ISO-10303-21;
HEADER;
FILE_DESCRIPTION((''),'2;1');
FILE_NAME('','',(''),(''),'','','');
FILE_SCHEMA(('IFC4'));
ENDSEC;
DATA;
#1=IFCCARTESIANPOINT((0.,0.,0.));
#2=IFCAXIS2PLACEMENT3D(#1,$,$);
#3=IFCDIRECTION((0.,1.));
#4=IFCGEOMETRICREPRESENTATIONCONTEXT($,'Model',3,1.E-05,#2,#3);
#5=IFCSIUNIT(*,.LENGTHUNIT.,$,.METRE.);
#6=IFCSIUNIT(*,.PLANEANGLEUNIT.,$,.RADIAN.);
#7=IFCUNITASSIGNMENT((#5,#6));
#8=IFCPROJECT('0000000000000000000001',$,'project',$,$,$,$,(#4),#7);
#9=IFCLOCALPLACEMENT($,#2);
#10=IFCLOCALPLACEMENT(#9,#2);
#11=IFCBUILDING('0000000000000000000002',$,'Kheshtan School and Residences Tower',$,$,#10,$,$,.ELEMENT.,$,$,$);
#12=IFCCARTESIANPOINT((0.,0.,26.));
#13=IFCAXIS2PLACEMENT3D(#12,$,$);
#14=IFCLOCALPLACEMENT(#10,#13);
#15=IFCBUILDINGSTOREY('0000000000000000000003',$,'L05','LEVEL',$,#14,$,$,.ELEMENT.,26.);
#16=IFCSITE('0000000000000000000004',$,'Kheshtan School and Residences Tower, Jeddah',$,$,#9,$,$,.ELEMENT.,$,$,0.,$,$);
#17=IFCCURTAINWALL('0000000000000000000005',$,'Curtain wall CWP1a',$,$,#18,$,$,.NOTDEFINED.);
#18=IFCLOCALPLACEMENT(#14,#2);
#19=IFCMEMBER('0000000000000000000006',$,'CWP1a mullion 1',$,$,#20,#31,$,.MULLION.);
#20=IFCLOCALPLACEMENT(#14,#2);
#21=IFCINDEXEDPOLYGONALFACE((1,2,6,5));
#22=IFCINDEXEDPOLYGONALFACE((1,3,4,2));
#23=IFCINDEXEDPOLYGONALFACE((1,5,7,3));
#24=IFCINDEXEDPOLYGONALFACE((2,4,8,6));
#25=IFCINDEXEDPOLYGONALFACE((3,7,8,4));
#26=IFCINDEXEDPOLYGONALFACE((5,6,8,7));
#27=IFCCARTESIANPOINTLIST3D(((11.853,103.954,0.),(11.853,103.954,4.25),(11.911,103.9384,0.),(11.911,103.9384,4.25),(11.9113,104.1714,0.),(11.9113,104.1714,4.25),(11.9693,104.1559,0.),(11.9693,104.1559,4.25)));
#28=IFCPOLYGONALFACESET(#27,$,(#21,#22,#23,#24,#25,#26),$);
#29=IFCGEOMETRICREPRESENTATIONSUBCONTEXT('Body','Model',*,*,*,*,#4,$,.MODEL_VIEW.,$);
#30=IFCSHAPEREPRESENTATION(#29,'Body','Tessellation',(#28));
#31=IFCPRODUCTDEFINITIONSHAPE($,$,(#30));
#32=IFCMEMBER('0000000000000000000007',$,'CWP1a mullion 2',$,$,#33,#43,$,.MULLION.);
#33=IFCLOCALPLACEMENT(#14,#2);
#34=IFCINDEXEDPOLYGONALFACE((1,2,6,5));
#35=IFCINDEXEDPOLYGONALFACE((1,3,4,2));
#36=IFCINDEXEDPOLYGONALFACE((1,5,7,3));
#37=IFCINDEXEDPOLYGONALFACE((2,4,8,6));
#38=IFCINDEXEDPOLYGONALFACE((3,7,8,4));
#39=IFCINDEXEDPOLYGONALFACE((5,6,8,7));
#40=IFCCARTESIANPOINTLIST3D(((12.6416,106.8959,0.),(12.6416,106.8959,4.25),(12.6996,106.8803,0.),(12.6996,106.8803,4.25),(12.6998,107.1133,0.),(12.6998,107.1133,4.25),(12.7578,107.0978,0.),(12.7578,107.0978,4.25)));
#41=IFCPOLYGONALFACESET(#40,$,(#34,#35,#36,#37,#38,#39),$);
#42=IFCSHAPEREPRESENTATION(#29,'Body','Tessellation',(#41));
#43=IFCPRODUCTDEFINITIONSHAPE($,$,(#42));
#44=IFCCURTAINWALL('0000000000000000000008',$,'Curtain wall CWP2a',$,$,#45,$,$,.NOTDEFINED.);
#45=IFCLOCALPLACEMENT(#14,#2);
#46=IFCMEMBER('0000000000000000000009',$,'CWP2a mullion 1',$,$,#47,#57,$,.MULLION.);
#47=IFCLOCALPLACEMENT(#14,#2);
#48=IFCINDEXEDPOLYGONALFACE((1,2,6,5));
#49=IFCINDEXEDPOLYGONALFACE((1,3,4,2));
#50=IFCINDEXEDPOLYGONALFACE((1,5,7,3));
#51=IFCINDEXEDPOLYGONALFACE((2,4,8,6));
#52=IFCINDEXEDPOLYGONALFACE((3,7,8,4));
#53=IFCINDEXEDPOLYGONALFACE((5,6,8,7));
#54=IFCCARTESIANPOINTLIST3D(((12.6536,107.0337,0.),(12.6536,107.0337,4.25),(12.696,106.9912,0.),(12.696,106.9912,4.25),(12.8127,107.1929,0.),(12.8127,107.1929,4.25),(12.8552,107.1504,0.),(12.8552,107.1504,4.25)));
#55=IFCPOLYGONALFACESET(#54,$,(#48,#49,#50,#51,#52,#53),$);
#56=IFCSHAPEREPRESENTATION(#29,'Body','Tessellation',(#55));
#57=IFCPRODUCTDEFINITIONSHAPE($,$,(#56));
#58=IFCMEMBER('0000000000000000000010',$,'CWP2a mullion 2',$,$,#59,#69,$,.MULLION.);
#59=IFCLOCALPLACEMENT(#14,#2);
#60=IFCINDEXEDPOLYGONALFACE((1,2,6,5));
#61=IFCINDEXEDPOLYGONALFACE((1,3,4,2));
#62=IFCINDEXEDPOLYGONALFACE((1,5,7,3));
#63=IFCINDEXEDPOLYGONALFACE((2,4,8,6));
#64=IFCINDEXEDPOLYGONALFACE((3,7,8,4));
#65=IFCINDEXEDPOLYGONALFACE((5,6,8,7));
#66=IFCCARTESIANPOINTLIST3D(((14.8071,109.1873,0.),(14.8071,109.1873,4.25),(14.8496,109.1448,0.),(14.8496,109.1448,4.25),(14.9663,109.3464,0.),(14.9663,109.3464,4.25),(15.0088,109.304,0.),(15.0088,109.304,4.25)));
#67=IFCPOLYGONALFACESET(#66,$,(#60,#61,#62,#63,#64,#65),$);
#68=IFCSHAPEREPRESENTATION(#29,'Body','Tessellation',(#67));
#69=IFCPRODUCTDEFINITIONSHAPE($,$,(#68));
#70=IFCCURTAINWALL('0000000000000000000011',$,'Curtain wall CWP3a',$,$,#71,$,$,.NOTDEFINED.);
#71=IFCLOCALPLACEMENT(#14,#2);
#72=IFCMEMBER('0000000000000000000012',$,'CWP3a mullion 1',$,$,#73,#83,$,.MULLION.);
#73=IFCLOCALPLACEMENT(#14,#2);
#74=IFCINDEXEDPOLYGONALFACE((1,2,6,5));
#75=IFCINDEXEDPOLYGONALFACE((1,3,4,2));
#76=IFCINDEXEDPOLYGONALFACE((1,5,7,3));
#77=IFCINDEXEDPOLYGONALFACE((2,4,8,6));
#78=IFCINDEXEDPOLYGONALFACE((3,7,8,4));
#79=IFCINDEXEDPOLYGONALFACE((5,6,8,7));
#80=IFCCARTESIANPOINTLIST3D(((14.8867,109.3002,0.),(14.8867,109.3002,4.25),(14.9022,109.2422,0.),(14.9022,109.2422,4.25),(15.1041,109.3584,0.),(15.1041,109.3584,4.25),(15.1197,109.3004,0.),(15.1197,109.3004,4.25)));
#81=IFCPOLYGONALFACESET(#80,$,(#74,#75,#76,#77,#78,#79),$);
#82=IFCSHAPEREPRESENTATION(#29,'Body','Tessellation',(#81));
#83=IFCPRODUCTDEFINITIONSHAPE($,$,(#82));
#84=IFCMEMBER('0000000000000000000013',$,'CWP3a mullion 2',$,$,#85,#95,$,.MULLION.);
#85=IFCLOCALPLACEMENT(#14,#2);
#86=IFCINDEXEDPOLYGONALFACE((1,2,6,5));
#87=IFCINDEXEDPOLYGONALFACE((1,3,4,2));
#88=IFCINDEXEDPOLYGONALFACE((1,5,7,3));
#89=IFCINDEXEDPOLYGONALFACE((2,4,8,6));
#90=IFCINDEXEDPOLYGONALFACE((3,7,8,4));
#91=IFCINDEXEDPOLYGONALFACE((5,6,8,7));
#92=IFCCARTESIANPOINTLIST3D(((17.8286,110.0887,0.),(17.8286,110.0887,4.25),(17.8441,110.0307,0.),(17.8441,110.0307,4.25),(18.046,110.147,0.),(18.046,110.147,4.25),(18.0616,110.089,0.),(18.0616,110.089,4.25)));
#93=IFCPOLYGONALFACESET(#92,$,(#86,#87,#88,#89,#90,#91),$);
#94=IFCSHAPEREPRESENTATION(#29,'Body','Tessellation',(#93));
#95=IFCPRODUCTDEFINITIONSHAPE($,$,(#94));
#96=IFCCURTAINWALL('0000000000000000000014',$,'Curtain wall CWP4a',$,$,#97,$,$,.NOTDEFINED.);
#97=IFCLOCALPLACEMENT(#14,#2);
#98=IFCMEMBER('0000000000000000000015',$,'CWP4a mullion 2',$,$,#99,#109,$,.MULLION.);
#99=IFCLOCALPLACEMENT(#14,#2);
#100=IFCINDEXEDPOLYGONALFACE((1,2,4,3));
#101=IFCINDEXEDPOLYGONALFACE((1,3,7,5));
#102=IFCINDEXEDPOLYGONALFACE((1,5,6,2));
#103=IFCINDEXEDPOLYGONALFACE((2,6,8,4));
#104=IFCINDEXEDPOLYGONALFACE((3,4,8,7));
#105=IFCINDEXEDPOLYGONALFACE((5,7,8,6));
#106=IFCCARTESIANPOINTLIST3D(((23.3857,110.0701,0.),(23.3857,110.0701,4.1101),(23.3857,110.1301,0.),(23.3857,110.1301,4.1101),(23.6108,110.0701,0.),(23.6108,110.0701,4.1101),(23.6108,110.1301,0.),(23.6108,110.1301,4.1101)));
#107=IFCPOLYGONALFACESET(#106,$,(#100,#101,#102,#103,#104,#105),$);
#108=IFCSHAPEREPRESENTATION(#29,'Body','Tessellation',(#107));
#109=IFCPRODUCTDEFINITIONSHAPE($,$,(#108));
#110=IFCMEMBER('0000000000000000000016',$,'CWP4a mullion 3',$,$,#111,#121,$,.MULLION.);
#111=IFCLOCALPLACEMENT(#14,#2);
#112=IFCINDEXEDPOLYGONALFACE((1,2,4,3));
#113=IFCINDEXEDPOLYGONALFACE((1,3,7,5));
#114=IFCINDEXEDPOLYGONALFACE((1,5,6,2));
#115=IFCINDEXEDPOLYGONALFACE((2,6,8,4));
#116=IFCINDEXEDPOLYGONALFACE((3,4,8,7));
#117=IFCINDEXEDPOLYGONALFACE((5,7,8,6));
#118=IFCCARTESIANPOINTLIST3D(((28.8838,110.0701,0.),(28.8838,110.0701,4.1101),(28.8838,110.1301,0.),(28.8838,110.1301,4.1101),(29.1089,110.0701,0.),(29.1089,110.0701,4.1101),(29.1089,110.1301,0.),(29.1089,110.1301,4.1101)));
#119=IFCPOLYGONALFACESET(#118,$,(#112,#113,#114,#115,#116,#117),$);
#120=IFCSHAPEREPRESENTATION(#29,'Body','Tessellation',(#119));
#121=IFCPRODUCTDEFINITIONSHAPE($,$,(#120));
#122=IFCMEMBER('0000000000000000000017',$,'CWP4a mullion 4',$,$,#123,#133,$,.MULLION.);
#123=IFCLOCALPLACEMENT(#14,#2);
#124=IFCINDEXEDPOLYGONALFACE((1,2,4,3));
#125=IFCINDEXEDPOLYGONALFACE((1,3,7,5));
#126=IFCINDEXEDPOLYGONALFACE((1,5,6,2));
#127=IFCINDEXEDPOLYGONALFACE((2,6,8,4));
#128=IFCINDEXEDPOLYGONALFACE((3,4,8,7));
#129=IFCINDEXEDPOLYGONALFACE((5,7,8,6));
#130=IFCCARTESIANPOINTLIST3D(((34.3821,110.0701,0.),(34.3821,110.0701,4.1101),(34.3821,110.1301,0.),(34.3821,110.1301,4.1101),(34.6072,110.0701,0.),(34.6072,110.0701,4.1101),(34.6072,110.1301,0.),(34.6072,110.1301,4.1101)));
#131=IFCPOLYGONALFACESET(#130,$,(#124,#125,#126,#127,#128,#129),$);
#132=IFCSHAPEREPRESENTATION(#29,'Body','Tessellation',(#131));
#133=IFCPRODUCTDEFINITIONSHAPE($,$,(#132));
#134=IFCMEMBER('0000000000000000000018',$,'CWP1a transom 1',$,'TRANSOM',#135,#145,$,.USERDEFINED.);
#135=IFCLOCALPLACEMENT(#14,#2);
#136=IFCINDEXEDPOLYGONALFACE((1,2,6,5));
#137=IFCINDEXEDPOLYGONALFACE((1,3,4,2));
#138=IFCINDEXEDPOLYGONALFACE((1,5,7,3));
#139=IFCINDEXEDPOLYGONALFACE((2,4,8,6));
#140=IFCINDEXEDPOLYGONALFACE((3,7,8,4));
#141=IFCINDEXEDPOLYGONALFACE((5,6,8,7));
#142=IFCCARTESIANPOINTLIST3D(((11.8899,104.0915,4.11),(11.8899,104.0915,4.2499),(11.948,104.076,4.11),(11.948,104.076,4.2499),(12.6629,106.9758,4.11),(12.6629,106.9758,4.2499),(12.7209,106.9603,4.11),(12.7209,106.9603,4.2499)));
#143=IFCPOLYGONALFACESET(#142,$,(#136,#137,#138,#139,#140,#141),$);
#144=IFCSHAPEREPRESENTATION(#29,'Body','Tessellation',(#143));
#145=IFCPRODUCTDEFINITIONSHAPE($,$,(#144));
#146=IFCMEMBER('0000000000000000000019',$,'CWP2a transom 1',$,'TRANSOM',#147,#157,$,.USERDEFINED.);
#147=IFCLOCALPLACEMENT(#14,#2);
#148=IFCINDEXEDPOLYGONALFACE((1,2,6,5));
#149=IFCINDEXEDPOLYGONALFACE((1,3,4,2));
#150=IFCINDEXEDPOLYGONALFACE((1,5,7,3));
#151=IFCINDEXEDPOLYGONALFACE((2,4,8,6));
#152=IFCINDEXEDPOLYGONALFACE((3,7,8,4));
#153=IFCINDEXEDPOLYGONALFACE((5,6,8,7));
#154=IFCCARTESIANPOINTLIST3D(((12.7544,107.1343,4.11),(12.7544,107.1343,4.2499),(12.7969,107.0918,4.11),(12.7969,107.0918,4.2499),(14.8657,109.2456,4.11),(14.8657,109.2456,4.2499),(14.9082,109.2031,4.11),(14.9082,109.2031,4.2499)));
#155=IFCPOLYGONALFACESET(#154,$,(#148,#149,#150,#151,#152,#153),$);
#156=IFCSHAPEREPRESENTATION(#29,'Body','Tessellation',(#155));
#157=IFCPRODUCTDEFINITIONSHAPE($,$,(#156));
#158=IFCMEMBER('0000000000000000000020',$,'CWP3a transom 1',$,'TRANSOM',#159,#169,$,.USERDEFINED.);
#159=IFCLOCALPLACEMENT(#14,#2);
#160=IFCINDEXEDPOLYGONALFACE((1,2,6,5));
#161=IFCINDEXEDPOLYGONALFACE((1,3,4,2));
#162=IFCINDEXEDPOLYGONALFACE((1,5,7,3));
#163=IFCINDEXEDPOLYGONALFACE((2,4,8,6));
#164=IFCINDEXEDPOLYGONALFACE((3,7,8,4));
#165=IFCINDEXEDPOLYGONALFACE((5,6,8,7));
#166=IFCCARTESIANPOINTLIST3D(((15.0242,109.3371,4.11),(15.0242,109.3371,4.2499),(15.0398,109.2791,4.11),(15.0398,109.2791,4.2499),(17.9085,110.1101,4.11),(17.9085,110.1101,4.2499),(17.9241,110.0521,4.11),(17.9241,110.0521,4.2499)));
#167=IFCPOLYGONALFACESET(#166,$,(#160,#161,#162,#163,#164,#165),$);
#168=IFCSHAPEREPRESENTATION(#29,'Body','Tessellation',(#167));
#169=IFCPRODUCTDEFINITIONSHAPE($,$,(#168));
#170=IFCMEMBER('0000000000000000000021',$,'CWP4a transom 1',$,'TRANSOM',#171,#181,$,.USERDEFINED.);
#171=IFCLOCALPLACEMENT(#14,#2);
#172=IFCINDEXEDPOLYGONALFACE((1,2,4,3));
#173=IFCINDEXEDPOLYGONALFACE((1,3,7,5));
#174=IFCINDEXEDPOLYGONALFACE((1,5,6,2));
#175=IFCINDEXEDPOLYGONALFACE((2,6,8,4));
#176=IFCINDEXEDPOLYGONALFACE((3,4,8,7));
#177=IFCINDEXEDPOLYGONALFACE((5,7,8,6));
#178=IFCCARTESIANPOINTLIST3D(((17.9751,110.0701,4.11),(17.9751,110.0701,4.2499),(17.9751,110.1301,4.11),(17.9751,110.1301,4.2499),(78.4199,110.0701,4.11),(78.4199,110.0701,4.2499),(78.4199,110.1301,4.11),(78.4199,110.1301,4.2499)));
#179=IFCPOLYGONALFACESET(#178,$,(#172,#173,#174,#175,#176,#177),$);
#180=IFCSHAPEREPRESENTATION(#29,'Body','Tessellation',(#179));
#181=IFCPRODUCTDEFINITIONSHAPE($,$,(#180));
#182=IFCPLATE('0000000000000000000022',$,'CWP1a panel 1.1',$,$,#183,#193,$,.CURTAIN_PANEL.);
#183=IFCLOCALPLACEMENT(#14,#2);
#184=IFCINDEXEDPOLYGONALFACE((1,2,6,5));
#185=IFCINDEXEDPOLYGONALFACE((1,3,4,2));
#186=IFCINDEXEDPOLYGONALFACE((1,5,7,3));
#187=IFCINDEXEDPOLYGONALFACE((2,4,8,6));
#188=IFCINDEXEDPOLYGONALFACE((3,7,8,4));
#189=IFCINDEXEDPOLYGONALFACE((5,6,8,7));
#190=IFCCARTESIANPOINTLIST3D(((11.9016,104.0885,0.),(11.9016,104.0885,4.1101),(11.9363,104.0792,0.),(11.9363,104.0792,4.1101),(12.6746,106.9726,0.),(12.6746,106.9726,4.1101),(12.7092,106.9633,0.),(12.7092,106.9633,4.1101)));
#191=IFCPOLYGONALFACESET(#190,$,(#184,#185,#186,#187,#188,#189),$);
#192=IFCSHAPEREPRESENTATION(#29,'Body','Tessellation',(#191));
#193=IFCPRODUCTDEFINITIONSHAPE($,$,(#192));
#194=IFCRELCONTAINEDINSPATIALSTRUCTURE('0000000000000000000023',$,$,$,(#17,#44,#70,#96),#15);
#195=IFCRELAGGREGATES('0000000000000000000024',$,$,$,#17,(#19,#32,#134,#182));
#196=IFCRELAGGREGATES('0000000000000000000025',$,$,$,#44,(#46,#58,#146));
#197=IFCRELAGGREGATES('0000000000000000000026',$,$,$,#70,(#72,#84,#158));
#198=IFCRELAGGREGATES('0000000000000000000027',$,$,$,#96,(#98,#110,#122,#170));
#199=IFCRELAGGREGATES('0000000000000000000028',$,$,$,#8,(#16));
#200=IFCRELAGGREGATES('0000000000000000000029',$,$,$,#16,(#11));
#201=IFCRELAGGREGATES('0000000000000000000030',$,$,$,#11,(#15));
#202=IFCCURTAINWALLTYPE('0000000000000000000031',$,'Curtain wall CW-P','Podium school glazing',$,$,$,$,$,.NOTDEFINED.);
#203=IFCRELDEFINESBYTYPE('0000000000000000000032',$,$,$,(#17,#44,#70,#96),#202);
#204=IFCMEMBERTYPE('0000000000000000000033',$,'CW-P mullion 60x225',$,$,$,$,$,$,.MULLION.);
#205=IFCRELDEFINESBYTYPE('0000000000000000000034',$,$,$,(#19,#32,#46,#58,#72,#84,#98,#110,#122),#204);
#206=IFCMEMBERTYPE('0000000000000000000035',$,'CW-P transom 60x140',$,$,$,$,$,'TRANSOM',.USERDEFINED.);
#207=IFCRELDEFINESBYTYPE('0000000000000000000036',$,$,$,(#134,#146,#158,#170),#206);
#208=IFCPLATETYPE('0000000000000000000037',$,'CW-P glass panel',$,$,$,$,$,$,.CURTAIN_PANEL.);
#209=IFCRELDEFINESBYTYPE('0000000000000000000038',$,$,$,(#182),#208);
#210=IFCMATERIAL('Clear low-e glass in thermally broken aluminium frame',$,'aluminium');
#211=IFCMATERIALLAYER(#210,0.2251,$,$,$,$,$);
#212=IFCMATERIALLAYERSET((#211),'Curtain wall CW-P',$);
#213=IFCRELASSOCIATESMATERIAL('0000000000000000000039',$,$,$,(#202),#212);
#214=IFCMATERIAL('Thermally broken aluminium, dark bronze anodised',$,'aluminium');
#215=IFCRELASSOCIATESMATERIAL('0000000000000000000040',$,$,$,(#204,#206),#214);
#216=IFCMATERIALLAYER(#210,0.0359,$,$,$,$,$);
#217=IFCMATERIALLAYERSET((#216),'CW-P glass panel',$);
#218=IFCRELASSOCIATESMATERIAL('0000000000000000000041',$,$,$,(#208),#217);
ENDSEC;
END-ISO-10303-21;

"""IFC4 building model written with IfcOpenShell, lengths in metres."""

from ifc_helpers import new_model, si_unit, direction, frame, origin, origin_2d, place, context, subcontext, project, spatial, rectangle, extrude, material, layer, layer_set, material_profile, profile_set, type_object, element, aggregate, save


model = new_model("IFC4")

# Units and contexts
model_context = context("Model", 3, precision=1e-05, world=origin(), true_north=direction((0.0, 1.0)))
body_context = subcontext(model_context, "Body", "Model", "MODEL_VIEW")
ifc_project = project(units=[si_unit("LENGTHUNIT", "METRE"), si_unit("PLANEANGLEUNIT", "RADIAN")], contexts=[model_context])

# Site, building, storey
site_placement = place(None, origin())
site = spatial("IfcSite", under=ifc_project, at=site_placement, Name="Kheshtan School and Residences Tower, Jeddah", CompositionType="ELEMENT", RefElevation=0.0)
building_placement = place(site_placement, origin())
building = spatial("IfcBuilding", under=site, at=building_placement, Name="Kheshtan School and Residences Tower", CompositionType="ELEMENT")
storey_placement = place(building_placement, frame((0.0, 0.0, 26.0)))
storey = spatial("IfcBuildingStorey", under=building, at=storey_placement, Name="L05", Description="LEVEL", CompositionType="ELEMENT", Elevation=26.0)

# Curtain walls, members
ifc_material_1 = material(Name="Clear low-e glass in thermally broken aluminium frame", Category="aluminium")
ifc_layer_1 = layer(ifc_material_1, 0.2251)
ifc_layer_set_1 = layer_set([ifc_layer_1], Name="Curtain wall CW-P")
curtain_wall_type = type_object("IfcCurtainWallType", Name="Curtain wall CW-P", Description="Podium school glazing", PredefinedType="NOTDEFINED", material=ifc_layer_set_1)
curtain_wall_1_placement = place(storey_placement, origin())
curtain_wall_1 = element("IfcCurtainWall", 1, at=curtain_wall_1_placement, inside=storey, type_object=curtain_wall_type, Name="Curtain wall CWP1a", PredefinedType="NOTDEFINED")
ifc_material_2 = material(Name="Thermally broken aluminium, dark bronze anodised", Category="aluminium")
ifc_material_profile_1 = material_profile(ifc_material_2, rectangle(XDim=0.0601, YDim=0.2251, at=origin_2d()), Name="CW-P mullion 60x225")
ifc_profile_set_1 = profile_set([ifc_material_profile_1], Name="Thermally broken aluminium, dark bronze anodised")
member_type_1 = type_object("IfcMemberType", Name="CW-P mullion 60x225", PredefinedType="MULLION", material=ifc_profile_set_1)
member_1_placement = place(storey_placement, frame((11.9111, 104.0549, 0.0), z_axis=(0.0, 0.0, 1.0), x_axis=(-0.965914, 0.258865, 0.0)))
member_1 = element("IfcMember", 2, at=member_1_placement, type_object=member_type_1, Name="CWP1a mullion 1", PredefinedType="MULLION", context=body_context, shape_type="SweptSolid", body=[
    extrude(rectangle(XDim=0.0601, YDim=0.2251, at=origin_2d()), origin(), (0.0, 0.0, 1.0), 4.25),
])
member_2_placement = place(storey_placement, frame((12.6997, 106.9968, 0.0), z_axis=(0.0, 0.0, 1.0), x_axis=(-0.965914, 0.258865, 0.0)))
member_2 = element("IfcMember", 3, at=member_2_placement, type_object=member_type_1, Name="CWP1a mullion 2", PredefinedType="MULLION", context=body_context, shape_type="SweptSolid", body=[
    extrude(rectangle(XDim=0.0601, YDim=0.2251, at=origin_2d()), origin(), (0.0, 0.0, 1.0), 4.25),
])
curtain_wall_2_placement = place(storey_placement, origin())
curtain_wall_2 = element("IfcCurtainWall", 4, at=curtain_wall_2_placement, inside=storey, type_object=curtain_wall_type, Name="Curtain wall CWP2a", PredefinedType="NOTDEFINED")
member_3_placement = place(storey_placement, frame((12.7544, 107.092, 0.0), z_axis=(0.0, 0.0, 1.0), x_axis=(-0.707107, 0.707107, 0.0)))
member_3 = element("IfcMember", 5, at=member_3_placement, type_object=member_type_1, Name="CWP2a mullion 1", PredefinedType="MULLION", context=body_context, shape_type="SweptSolid", body=[
    extrude(rectangle(XDim=0.0601, YDim=0.2251, at=origin_2d()), origin(), (0.0, 0.0, 1.0), 4.25),
])
member_4_placement = place(storey_placement, frame((14.908, 109.2456, 0.0), z_axis=(0.0, 0.0, 1.0), x_axis=(-0.707107, 0.707107, 0.0)))
member_4 = element("IfcMember", 6, at=member_4_placement, type_object=member_type_1, Name="CWP2a mullion 2", PredefinedType="MULLION", context=body_context, shape_type="SweptSolid", body=[
    extrude(rectangle(XDim=0.0601, YDim=0.2251, at=origin_2d()), origin(), (0.0, 0.0, 1.0), 4.25),
])
curtain_wall_3_placement = place(storey_placement, origin())
curtain_wall_3 = element("IfcCurtainWall", 7, at=curtain_wall_3_placement, inside=storey, type_object=curtain_wall_type, Name="Curtain wall CWP3a", PredefinedType="NOTDEFINED")
member_5_placement = place(storey_placement, frame((15.0032, 109.3003, 0.0), z_axis=(0.0, 0.0, 1.0), x_axis=(-0.258865, 0.965914, 0.0)))
member_5 = element("IfcMember", 8, at=member_5_placement, type_object=member_type_1, Name="CWP3a mullion 1", PredefinedType="MULLION", context=body_context, shape_type="SweptSolid", body=[
    extrude(rectangle(XDim=0.0601, YDim=0.2251, at=origin_2d()), origin(), (0.0, 0.0, 1.0), 4.25),
])
member_6_placement = place(storey_placement, frame((17.9451, 110.0889, 0.0), z_axis=(0.0, 0.0, 1.0), x_axis=(-0.258865, 0.965914, 0.0)))
member_6 = element("IfcMember", 9, at=member_6_placement, type_object=member_type_1, Name="CWP3a mullion 2", PredefinedType="MULLION", context=body_context, shape_type="SweptSolid", body=[
    extrude(rectangle(XDim=0.0601, YDim=0.2251, at=origin_2d()), origin(), (0.0, 0.0, 1.0), 4.25),
])
curtain_wall_4_placement = place(storey_placement, origin())
curtain_wall_4 = element("IfcCurtainWall", 10, at=curtain_wall_4_placement, inside=storey, type_object=curtain_wall_type, Name="Curtain wall CWP4a", PredefinedType="NOTDEFINED")
member_7_placement = place(storey_placement, frame((23.4983, 110.1001, 0.0), z_axis=(0.0, 0.0, 1.0), x_axis=(0.0, 1.0, 0.0)))
member_7 = element("IfcMember", 11, at=member_7_placement, type_object=member_type_1, Name="CWP4a mullion 2", PredefinedType="MULLION", context=body_context, shape_type="SweptSolid", body=[
    extrude(rectangle(XDim=0.0601, YDim=0.2251, at=origin_2d()), origin(), (0.0, 0.0, 1.0), 4.1101),
])
member_8_placement = place(storey_placement, frame((28.9963, 110.1001, 0.0), z_axis=(0.0, 0.0, 1.0), x_axis=(0.0, 1.0, 0.0)))
member_8 = element("IfcMember", 12, at=member_8_placement, type_object=member_type_1, Name="CWP4a mullion 3", PredefinedType="MULLION", context=body_context, shape_type="SweptSolid", body=[
    extrude(rectangle(XDim=0.0601, YDim=0.2251, at=origin_2d()), origin(), (0.0, 0.0, 1.0), 4.1101),
])
member_9_placement = place(storey_placement, frame((34.4946, 110.1001, 0.0), z_axis=(0.0, 0.0, 1.0), x_axis=(0.0, 1.0, 0.0)))
member_9 = element("IfcMember", 13, at=member_9_placement, type_object=member_type_1, Name="CWP4a mullion 4", PredefinedType="MULLION", context=body_context, shape_type="SweptSolid", body=[
    extrude(rectangle(XDim=0.0601, YDim=0.2251, at=origin_2d()), origin(), (0.0, 0.0, 1.0), 4.1101),
])

# Members
ifc_material_profile_2 = material_profile(ifc_material_2, rectangle(XDim=0.0601, YDim=0.1399, at=origin_2d()), Name="CW-P transom 60x140")
ifc_profile_set_2 = profile_set([ifc_material_profile_2], Name="Thermally broken aluminium, dark bronze anodised")
member_type_2 = type_object("IfcMemberType", Name="CW-P transom 60x140", ElementType="TRANSOM", PredefinedType="USERDEFINED", material=ifc_profile_set_2)
member_10_placement = place(storey_placement, frame((11.9189, 104.0837, 4.1799), z_axis=(0.258853, 0.965917, 0.0), x_axis=(-0.965917, 0.258853, 0.0)))
member_10 = element("IfcMember", 14, at=member_10_placement, type_object=member_type_2, Name="CWP1a transom 1", ObjectType="TRANSOM", PredefinedType="USERDEFINED", context=body_context, shape_type="SweptSolid", body=[
    extrude(rectangle(XDim=0.0601, YDim=0.1399, at=origin_2d()), origin(), (0.0, 0.0, 1.0), 2.9861),
])
member_11_placement = place(storey_placement, frame((12.7756, 107.113, 4.1799), z_axis=(0.707107, 0.707107, 0.0), x_axis=(-0.707107, 0.707107, 0.0)))
member_11 = element("IfcMember", 15, at=member_11_placement, type_object=member_type_2, Name="CWP2a transom 1", ObjectType="TRANSOM", PredefinedType="USERDEFINED", context=body_context, shape_type="SweptSolid", body=[
    extrude(rectangle(XDim=0.0601, YDim=0.1399, at=origin_2d()), origin(), (0.0, 0.0, 1.0), 2.9858),
])
member_12_placement = place(storey_placement, frame((15.032, 109.3081, 4.1799), z_axis=(0.965917, 0.258853, 0.0), x_axis=(-0.258853, 0.965917, 0.0)))
member_12 = element("IfcMember", 16, at=member_12_placement, type_object=member_type_2, Name="CWP3a transom 1", ObjectType="TRANSOM", PredefinedType="USERDEFINED", context=body_context, shape_type="SweptSolid", body=[
    extrude(rectangle(XDim=0.0601, YDim=0.1399, at=origin_2d()), origin(), (0.0, 0.0, 1.0), 2.9861),
])
member_13_placement = place(storey_placement, frame((17.9751, 110.1001, 4.1799), z_axis=(1.0, 0.0, 0.0), x_axis=(0.0, 1.0, 0.0)))
member_13 = element("IfcMember", 17, at=member_13_placement, type_object=member_type_2, Name="CWP4a transom 1", ObjectType="TRANSOM", PredefinedType="USERDEFINED", context=body_context, shape_type="SweptSolid", body=[
    extrude(rectangle(XDim=0.0601, YDim=0.1399, at=origin_2d()), origin(), (0.0, 0.0, 1.0), 60.4448),
])

# Plate
ifc_layer_2 = layer(ifc_material_1, 0.0359)
ifc_layer_set_2 = layer_set([ifc_layer_2], Name="CW-P glass panel")
plate_type = type_object("IfcPlateType", Name="CW-P glass panel", PredefinedType="CURTAIN_PANEL", material=ifc_layer_set_2)
plate_1_placement = place(storey_placement, frame((12.3054, 105.5259, 0.0), z_axis=(0.0, 0.0, 1.0), x_axis=(0.258865, 0.965914, 0.0)))
plate_1 = element("IfcPlate", 18, at=plate_1_placement, type_object=plate_type, Name="CWP1a panel 1.1", PredefinedType="CURTAIN_PANEL", context=body_context, shape_type="SweptSolid", body=[
    extrude(rectangle(XDim=2.9858, YDim=0.0359, at=origin_2d()), origin(), (0.0, 0.0, 1.0), 4.1101),
])
aggregate(curtain_wall_1, [member_1, member_2, member_10, plate_1])
aggregate(curtain_wall_2, [member_3, member_4, member_11])
aggregate(curtain_wall_3, [member_5, member_6, member_12])
aggregate(curtain_wall_4, [member_7, member_8, member_9, member_13])

save(model, "model.ifc")
